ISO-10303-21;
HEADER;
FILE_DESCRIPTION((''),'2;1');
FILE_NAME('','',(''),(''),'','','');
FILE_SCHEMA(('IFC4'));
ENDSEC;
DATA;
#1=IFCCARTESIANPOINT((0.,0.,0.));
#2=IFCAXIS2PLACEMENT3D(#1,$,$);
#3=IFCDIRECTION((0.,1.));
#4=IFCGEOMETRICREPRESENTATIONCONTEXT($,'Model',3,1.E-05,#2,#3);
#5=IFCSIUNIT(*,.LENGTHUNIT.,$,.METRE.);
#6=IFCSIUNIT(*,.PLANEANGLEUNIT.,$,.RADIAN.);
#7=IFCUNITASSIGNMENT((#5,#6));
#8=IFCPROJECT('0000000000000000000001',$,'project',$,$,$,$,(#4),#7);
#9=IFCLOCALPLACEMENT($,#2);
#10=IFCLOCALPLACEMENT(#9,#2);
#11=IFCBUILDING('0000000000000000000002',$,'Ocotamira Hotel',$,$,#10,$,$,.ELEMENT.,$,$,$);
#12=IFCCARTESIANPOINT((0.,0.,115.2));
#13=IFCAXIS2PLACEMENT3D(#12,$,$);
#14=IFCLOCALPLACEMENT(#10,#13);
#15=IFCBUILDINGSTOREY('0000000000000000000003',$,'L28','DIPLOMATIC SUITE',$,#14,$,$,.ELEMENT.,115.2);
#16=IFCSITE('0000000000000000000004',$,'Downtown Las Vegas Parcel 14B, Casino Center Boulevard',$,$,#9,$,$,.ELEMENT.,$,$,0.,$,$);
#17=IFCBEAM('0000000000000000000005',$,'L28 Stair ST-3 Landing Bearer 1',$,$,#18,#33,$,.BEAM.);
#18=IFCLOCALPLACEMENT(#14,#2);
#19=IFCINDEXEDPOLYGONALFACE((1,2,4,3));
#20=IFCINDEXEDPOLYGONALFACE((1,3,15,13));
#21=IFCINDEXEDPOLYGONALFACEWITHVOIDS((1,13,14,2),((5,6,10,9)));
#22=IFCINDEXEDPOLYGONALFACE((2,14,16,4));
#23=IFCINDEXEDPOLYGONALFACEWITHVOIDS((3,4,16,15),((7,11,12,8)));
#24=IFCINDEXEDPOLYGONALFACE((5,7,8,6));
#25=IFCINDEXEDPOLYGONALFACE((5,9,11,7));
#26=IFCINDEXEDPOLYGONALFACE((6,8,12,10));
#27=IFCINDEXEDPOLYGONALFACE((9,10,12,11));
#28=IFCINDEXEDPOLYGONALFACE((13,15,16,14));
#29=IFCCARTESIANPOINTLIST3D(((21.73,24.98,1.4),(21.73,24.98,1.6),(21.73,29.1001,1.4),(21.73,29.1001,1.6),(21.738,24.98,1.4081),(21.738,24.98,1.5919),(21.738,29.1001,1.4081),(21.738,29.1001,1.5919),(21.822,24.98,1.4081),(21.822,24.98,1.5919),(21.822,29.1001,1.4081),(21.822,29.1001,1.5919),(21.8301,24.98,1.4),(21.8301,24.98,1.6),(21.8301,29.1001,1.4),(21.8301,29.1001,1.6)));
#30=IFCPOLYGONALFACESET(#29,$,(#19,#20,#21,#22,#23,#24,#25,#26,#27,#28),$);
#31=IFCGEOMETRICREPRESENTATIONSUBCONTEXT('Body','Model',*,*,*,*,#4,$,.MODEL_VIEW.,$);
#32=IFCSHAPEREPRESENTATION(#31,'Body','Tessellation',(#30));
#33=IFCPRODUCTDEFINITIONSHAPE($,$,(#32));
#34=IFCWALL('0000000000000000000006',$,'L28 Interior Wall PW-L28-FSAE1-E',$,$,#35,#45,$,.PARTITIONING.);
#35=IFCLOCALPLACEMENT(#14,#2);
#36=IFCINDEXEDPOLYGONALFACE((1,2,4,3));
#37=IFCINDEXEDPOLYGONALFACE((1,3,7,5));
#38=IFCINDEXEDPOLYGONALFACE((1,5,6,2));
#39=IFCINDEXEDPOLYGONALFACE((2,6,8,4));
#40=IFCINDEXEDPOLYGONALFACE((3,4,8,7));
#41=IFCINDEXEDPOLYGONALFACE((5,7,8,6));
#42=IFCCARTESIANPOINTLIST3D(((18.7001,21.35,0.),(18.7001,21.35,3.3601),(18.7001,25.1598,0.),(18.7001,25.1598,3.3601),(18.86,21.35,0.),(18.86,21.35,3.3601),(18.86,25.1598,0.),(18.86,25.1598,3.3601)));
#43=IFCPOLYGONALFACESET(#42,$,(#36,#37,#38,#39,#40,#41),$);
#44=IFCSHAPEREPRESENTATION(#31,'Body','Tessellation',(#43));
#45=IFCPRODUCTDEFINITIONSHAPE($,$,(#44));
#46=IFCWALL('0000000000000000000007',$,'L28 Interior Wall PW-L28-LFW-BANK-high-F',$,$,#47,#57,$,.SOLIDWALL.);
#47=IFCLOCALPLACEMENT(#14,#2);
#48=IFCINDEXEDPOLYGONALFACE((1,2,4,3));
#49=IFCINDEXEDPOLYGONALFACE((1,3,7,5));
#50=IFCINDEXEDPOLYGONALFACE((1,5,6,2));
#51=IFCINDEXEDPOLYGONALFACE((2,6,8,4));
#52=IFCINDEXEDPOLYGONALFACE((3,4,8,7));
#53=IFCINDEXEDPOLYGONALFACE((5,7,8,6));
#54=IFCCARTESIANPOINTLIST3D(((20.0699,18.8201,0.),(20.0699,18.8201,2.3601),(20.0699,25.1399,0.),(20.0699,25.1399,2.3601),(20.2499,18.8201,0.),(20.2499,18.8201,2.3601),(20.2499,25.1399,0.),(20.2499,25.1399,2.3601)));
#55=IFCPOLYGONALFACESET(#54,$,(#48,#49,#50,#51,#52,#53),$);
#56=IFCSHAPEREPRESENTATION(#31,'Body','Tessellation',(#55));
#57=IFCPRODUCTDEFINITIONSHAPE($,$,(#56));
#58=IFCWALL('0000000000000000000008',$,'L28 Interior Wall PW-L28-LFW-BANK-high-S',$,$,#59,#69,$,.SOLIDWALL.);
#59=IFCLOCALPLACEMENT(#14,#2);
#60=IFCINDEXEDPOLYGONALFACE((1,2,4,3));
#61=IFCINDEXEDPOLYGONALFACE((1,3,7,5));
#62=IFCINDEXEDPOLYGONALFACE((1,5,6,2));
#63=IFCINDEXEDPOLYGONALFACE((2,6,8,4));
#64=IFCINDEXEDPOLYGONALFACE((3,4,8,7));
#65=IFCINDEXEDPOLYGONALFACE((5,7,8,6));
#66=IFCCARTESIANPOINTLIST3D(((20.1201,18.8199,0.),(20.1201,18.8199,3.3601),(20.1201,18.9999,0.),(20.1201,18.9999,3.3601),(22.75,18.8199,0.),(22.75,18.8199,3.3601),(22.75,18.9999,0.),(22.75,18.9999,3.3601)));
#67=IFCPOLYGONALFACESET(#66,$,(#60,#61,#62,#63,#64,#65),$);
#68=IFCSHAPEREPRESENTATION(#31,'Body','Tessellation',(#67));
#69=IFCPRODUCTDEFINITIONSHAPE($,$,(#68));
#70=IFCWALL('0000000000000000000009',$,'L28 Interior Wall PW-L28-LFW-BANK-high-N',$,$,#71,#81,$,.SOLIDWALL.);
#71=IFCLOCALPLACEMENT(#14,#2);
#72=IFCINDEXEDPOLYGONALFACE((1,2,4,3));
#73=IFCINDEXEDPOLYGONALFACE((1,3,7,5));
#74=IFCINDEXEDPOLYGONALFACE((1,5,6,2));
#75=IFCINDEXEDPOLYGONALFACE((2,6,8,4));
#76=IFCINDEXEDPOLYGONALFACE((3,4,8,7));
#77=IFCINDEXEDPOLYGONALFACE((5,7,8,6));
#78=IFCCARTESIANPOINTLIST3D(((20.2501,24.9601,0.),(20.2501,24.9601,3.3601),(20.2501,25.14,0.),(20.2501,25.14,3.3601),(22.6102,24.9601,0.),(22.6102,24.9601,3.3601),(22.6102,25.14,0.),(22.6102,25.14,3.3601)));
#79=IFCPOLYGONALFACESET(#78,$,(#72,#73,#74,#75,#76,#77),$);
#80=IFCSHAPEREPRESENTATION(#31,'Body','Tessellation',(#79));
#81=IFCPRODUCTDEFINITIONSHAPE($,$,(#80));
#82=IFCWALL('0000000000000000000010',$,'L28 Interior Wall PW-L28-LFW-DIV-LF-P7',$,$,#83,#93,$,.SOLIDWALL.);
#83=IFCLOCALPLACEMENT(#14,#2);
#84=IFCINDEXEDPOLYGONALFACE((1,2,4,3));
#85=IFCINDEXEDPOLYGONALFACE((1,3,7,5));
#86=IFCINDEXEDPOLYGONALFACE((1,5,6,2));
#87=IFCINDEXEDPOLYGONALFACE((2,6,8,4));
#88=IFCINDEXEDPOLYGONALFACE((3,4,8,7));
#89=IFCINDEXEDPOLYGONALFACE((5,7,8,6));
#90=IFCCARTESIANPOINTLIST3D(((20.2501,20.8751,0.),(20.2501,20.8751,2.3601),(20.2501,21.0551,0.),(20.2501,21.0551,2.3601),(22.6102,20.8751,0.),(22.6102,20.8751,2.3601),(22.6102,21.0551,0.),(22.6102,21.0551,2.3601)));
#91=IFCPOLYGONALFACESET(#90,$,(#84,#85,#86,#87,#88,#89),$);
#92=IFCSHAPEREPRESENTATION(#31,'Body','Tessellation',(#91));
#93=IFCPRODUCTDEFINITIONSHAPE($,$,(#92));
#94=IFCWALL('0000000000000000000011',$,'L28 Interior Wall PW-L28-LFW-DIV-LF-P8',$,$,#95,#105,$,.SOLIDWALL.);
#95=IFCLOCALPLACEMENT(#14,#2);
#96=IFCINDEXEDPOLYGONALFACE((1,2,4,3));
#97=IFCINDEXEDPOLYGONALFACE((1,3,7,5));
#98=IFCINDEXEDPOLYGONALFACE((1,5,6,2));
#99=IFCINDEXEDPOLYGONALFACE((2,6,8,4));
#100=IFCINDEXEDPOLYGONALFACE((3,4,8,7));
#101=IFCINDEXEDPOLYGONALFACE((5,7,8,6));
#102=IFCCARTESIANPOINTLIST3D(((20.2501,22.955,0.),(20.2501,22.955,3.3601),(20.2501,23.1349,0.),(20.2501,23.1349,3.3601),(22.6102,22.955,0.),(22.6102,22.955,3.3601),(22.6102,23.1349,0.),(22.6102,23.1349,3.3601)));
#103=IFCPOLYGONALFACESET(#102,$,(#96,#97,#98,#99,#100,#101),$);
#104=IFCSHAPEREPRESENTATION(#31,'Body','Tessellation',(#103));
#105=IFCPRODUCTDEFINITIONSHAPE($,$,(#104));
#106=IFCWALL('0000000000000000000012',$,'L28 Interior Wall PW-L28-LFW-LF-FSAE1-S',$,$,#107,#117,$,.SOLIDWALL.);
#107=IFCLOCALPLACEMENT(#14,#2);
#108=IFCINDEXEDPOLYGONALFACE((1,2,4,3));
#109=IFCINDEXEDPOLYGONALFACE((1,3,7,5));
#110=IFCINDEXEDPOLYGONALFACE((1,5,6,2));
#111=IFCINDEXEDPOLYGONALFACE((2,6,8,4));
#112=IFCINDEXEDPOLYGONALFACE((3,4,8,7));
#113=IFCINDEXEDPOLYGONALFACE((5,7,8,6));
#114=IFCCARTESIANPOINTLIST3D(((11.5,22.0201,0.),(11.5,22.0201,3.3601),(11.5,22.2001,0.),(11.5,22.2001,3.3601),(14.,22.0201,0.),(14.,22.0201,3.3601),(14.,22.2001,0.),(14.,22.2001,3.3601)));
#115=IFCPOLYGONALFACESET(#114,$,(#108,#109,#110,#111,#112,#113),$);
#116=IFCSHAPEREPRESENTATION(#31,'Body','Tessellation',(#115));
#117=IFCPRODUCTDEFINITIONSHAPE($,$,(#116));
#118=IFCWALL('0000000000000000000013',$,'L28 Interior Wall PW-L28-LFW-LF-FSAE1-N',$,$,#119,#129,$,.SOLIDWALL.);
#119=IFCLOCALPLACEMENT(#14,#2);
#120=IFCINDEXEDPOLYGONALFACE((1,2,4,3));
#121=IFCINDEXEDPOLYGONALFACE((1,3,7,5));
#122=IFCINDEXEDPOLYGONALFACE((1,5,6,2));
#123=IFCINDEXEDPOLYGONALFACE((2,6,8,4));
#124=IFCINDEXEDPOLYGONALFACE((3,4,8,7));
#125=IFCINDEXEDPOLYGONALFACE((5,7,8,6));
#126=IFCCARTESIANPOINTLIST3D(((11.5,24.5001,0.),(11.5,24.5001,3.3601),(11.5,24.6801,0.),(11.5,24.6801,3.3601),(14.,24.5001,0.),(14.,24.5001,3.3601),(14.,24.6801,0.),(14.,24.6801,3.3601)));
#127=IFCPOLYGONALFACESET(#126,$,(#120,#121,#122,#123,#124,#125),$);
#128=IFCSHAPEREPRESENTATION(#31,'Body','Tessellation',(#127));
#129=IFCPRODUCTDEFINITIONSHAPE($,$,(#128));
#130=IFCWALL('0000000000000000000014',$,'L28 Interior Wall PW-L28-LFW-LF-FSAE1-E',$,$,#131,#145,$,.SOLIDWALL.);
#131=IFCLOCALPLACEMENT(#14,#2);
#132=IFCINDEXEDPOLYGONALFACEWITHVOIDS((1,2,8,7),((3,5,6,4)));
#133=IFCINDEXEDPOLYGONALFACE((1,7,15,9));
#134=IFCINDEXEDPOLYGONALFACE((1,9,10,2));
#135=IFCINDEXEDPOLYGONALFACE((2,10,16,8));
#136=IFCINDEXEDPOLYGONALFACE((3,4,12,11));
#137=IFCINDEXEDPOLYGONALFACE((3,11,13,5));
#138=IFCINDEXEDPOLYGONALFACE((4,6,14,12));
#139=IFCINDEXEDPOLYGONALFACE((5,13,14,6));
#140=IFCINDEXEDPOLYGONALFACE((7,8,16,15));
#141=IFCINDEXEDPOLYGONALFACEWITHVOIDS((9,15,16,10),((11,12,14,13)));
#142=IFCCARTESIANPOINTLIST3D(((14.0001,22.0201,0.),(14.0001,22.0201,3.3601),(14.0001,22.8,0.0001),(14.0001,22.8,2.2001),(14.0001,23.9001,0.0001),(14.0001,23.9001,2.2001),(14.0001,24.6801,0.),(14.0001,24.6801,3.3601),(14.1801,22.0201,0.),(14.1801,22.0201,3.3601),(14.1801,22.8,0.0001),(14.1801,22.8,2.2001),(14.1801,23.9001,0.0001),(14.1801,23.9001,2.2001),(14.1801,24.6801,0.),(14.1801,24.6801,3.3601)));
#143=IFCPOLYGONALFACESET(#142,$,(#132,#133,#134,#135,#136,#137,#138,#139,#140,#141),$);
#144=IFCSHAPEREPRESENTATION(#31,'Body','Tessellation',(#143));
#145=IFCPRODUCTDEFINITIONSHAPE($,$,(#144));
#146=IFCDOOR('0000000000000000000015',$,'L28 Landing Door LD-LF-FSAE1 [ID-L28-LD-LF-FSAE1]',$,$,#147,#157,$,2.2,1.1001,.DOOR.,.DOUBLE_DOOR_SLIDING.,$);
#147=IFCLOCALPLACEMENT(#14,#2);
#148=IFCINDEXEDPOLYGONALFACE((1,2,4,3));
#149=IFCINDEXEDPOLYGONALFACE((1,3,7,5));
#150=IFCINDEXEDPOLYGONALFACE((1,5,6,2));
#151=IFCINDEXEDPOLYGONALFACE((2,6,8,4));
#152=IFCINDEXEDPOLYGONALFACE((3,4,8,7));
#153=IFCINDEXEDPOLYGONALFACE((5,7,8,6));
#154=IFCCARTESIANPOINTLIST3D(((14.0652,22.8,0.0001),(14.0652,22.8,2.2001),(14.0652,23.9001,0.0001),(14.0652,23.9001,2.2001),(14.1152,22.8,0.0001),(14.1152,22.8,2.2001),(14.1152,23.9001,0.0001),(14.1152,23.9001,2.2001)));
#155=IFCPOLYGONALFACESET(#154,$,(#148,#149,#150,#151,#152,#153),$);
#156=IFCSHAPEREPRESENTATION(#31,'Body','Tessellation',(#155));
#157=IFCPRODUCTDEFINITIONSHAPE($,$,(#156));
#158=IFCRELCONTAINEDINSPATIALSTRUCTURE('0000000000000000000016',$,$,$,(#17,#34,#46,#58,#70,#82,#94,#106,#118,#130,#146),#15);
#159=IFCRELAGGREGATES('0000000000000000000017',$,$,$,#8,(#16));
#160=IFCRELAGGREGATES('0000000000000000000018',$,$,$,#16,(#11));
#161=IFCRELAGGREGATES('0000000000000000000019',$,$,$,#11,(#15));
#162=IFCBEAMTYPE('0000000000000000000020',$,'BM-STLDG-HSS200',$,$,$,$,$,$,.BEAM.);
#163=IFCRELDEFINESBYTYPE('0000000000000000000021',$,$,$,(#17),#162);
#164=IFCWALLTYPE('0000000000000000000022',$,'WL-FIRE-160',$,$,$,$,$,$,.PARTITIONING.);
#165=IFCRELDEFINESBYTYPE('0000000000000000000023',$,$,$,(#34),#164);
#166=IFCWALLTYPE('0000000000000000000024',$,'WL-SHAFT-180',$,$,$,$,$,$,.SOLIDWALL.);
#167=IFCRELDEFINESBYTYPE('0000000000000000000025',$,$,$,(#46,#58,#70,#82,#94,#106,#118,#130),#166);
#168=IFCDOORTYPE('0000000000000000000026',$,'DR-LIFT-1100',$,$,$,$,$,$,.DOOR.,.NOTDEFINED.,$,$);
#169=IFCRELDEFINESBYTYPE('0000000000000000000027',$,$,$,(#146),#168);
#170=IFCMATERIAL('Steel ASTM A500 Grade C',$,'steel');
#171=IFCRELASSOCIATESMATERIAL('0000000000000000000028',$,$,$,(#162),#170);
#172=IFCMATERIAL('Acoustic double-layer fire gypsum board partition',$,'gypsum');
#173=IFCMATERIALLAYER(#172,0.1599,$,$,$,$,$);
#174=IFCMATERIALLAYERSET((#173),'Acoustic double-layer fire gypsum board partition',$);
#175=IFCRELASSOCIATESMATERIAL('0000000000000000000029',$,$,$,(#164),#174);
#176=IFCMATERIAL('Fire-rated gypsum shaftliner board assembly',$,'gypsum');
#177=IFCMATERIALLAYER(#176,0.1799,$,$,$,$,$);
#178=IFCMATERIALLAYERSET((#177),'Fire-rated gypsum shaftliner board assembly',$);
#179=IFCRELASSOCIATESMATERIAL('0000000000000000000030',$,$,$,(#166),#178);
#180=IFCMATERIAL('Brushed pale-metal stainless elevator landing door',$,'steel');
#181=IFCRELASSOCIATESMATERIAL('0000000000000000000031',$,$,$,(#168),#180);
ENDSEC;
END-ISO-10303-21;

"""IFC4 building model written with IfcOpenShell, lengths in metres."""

from ifc_helpers import new_model, si_unit, direction, frame, frame_2d, origin, origin_2d, place, context, subcontext, project, spatial, rectangle, hollow_rectangle, extrude, source, transform, mapped, material, layer, layer_set, material_profile, profile_set, type_object, element, fill, save


model = new_model("IFC4")

# Units and contexts
model_context = context("Model", 3, precision=1e-05, world=origin(), true_north=direction((0.0, 1.0)))
body_context = subcontext(model_context, "Body", "Model", "MODEL_VIEW")
ifc_project = project(units=[si_unit("LENGTHUNIT", "METRE"), si_unit("PLANEANGLEUNIT", "RADIAN")], contexts=[model_context])

# Site, building, storey
site_placement = place(None, origin())
site = spatial("IfcSite", under=ifc_project, at=site_placement, Name="Downtown Las Vegas Parcel 14B, Casino Center Boulevard", CompositionType="ELEMENT", RefElevation=0.0)
building_placement = place(site_placement, origin())
building = spatial("IfcBuilding", under=site, at=building_placement, Name="Ocotamira Hotel", CompositionType="ELEMENT")
storey_placement = place(building_placement, frame((0.0, 0.0, 115.2)))
storey = spatial("IfcBuildingStorey", under=building, at=storey_placement, Name="L28", Description="DIPLOMATIC SUITE", CompositionType="ELEMENT", Elevation=115.2)

# Beam
ifc_material_1 = material(Name="Steel ASTM A500 Grade C", Category="steel")
ifc_material_profile = material_profile(ifc_material_1, hollow_rectangle(XDim=0.1001, YDim=0.2, WallThickness=0.0081, at=origin_2d()), Name="HSS200X100X8")
ifc_profile_set = profile_set([ifc_material_profile], Name="Steel ASTM A500 Grade C")
beam_type = type_object("IfcBeamType", Name="BM-STLDG-HSS200", PredefinedType="BEAM", material=ifc_profile_set)
shared_shape_1 = source(origin(), body_context, "Body", "SweptSolid", [
    extrude(hollow_rectangle(XDim=0.1001, YDim=0.2, WallThickness=0.0081, at=origin_2d()), origin(), (0.0, 0.0, 1.0), 4.1201),
])
beam_placement = place(storey_placement, frame((21.78, 24.98, 1.5), z_axis=(0.0, 1.0, 0.0), x_axis=(-1.0, 0.0, 0.0)))
element("IfcBeam", 1, at=beam_placement, inside=storey, type_object=beam_type, Name="L28 Stair ST-3 Landing Bearer 1", PredefinedType="BEAM", context=body_context, shape_type="MappedRepresentation", body=[
    mapped(shared_shape_1, transform((0.0, 0.0, 0.0), scale=1.0)),
])

# Shared definitions
ifc_material_2 = material(Name="Acoustic double-layer fire gypsum board partition", Category="gypsum")
ifc_layer_1 = layer(ifc_material_2, 0.1599)
ifc_layer_set_1 = layer_set([ifc_layer_1], Name="Acoustic double-layer fire gypsum board partition")
wall_type_1 = type_object("IfcWallType", Name="WL-FIRE-160", PredefinedType="PARTITIONING", material=ifc_layer_set_1)

# Walls
wall_1_placement = place(storey_placement, frame((18.78, 21.3501, 0.0), z_axis=(0.0, 0.0, 1.0), x_axis=(0.0, 1.0, 0.0)))
element("IfcWall", 2, at=wall_1_placement, inside=storey, type_object=wall_type_1, Name="L28 Interior Wall PW-L28-FSAE1-E", PredefinedType="PARTITIONING", context=body_context, shape_type="SweptSolid", body=[
    extrude(rectangle(XDim=3.8098, YDim=0.1599, at=frame_2d((1.9048, 0.0))), origin(), (0.0, 0.0, 1.0), 3.3601),
])
ifc_material_3 = material(Name="Fire-rated gypsum shaftliner board assembly", Category="gypsum")
ifc_layer_2 = layer(ifc_material_3, 0.1799)
ifc_layer_set_2 = layer_set([ifc_layer_2], Name="Fire-rated gypsum shaftliner board assembly")
wall_type_2 = type_object("IfcWallType", Name="WL-SHAFT-180", PredefinedType="SOLIDWALL", material=ifc_layer_set_2)
wall_2_placement = place(storey_placement, frame((20.1599, 18.8201, 0.0), z_axis=(0.0, 0.0, 1.0), x_axis=(0.0, 1.0, 0.0)))
element("IfcWall", 3, at=wall_2_placement, inside=storey, type_object=wall_type_2, Name="L28 Interior Wall PW-L28-LFW-BANK-high-F", PredefinedType="SOLIDWALL", context=body_context, shape_type="SweptSolid", body=[
    extrude(rectangle(XDim=6.3198, YDim=0.1799, at=frame_2d((3.1599, 0.0))), origin(), (0.0, 0.0, 1.0), 2.3601),
])
wall_3_placement = place(storey_placement, frame((20.1201, 18.9099, 0.0), z_axis=(0.0, 0.0, 1.0), x_axis=(1.0, 0.0, 0.0)))
element("IfcWall", 4, at=wall_3_placement, inside=storey, type_object=wall_type_2, Name="L28 Interior Wall PW-L28-LFW-BANK-high-S", PredefinedType="SOLIDWALL", context=body_context, shape_type="SweptSolid", body=[
    extrude(rectangle(XDim=2.6299, YDim=0.1799, at=frame_2d((1.3149, 0.0))), origin(), (0.0, 0.0, 1.0), 3.3601),
])
wall_4_placement = place(storey_placement, frame((20.25, 25.05, 0.0), z_axis=(0.0, 0.0, 1.0), x_axis=(1.0, 0.0, 0.0)))
element("IfcWall", 5, at=wall_4_placement, inside=storey, type_object=wall_type_2, Name="L28 Interior Wall PW-L28-LFW-BANK-high-N", PredefinedType="SOLIDWALL", context=body_context, shape_type="SweptSolid", body=[
    extrude(rectangle(XDim=2.3601, YDim=0.1799, at=frame_2d((1.1802, 0.0))), origin(), (0.0, 0.0, 1.0), 3.3601),
])
wall_5_placement = place(storey_placement, frame((20.25, 20.9651, 0.0), z_axis=(0.0, 0.0, 1.0), x_axis=(1.0, 0.0, 0.0)))
element("IfcWall", 6, at=wall_5_placement, inside=storey, type_object=wall_type_2, Name="L28 Interior Wall PW-L28-LFW-DIV-LF-P7", PredefinedType="SOLIDWALL", context=body_context, shape_type="SweptSolid", body=[
    extrude(rectangle(XDim=2.3601, YDim=0.1799, at=frame_2d((1.1802, 0.0))), origin(), (0.0, 0.0, 1.0), 2.3601),
])
wall_6_placement = place(storey_placement, frame((20.25, 23.0449, 0.0), z_axis=(0.0, 0.0, 1.0), x_axis=(1.0, 0.0, 0.0)))
element("IfcWall", 7, at=wall_6_placement, inside=storey, type_object=wall_type_2, Name="L28 Interior Wall PW-L28-LFW-DIV-LF-P8", PredefinedType="SOLIDWALL", context=body_context, shape_type="SweptSolid", body=[
    extrude(rectangle(XDim=2.3601, YDim=0.1799, at=frame_2d((1.1802, 0.0))), origin(), (0.0, 0.0, 1.0), 3.3601),
])
for number, where, z_axis, x_axis, name in (
    (8, (11.5, 22.1101, 0.0), (0.0, 0.0, 1.0), (1.0, 0.0, 0.0), "L28 Interior Wall PW-L28-LFW-LF-FSAE1-S"),
    (9, (11.5, 24.5901, 0.0), (0.0, 0.0, 1.0), (1.0, 0.0, 0.0), "L28 Interior Wall PW-L28-LFW-LF-FSAE1-N"),
):
    element("IfcWall", number, at=place(storey_placement, frame(where, z_axis=z_axis, x_axis=x_axis)), inside=storey, type_object=wall_type_2, Name=name, PredefinedType="SOLIDWALL", context=body_context, shape_type="SweptSolid", body=[
        extrude(rectangle(XDim=2.5, YDim=0.1799, at=frame_2d((1.25, 0.0))), origin(), (0.0, 0.0, 1.0), 3.3601),
    ])

# Wall, opening, door
wall_7_placement = place(storey_placement, frame((14.0901, 22.02, 0.0), z_axis=(0.0, 0.0, 1.0), x_axis=(0.0, 1.0, 0.0)))
wall_7 = element("IfcWall", 10, at=wall_7_placement, inside=storey, type_object=wall_type_2, Name="L28 Interior Wall PW-L28-LFW-LF-FSAE1-E", PredefinedType="SOLIDWALL", context=body_context, shape_type="SweptSolid", body=[
    extrude(rectangle(XDim=2.6599, YDim=0.1799, at=frame_2d((1.3301, 0.0))), origin(), (0.0, 0.0, 1.0), 3.3601),
])
opening_1_placement = place(wall_7_placement, frame((0.78, 0.0, 0.0)))
opening_1 = element("IfcOpeningElement", 11, at=opening_1_placement, cuts=wall_7, PredefinedType="OPENING", context=body_context, shape_type="SweptSolid", body=[
    extrude(rectangle(XDim=1.1001, YDim=2.2, at=frame_2d((0.55, 1.1001))), frame((0.0, 0.1001, 0.0), z_axis=(0.0, -1.0, 0.0), x_axis=(1.0, 0.0, 0.0)), (0.0, 0.0, 1.0), 0.2),
])
ifc_material_4 = material(Name="Brushed pale-metal stainless elevator landing door", Category="steel")
door_type_1 = type_object("IfcDoorType", Name="DR-LIFT-1100", OperationType="NOTDEFINED", PredefinedType="DOOR", material=ifc_material_4)
shared_shape_2 = source(origin(), body_context, "Body", "SweptSolid", [
    extrude(rectangle(XDim=1.1001, YDim=2.2, at=frame_2d((0.55, 1.1001))), frame((0.0, 0.0249, 0.0), z_axis=(0.0, -1.0, 0.0), x_axis=(1.0, 0.0, 0.0)), (0.0, 0.0, 1.0), 0.05),
])
door_1_placement = place(opening_1_placement, origin())
door_1 = element("IfcDoor", 12, at=door_1_placement, inside=storey, type_object=door_type_1, Name="L28 Landing Door LD-LF-FSAE1 [ID-L28-LD-LF-FSAE1]", OperationType="DOUBLE_DOOR_SLIDING", OverallHeight=2.2, OverallWidth=1.1001, PredefinedType="DOOR", context=body_context, shape_type="MappedRepresentation", body=[
    mapped(shared_shape_2, transform((0.0, 0.0, 0.0), scale=1.0)),
])
fill(opening_1, door_1)

save(model, "model.ifc")
